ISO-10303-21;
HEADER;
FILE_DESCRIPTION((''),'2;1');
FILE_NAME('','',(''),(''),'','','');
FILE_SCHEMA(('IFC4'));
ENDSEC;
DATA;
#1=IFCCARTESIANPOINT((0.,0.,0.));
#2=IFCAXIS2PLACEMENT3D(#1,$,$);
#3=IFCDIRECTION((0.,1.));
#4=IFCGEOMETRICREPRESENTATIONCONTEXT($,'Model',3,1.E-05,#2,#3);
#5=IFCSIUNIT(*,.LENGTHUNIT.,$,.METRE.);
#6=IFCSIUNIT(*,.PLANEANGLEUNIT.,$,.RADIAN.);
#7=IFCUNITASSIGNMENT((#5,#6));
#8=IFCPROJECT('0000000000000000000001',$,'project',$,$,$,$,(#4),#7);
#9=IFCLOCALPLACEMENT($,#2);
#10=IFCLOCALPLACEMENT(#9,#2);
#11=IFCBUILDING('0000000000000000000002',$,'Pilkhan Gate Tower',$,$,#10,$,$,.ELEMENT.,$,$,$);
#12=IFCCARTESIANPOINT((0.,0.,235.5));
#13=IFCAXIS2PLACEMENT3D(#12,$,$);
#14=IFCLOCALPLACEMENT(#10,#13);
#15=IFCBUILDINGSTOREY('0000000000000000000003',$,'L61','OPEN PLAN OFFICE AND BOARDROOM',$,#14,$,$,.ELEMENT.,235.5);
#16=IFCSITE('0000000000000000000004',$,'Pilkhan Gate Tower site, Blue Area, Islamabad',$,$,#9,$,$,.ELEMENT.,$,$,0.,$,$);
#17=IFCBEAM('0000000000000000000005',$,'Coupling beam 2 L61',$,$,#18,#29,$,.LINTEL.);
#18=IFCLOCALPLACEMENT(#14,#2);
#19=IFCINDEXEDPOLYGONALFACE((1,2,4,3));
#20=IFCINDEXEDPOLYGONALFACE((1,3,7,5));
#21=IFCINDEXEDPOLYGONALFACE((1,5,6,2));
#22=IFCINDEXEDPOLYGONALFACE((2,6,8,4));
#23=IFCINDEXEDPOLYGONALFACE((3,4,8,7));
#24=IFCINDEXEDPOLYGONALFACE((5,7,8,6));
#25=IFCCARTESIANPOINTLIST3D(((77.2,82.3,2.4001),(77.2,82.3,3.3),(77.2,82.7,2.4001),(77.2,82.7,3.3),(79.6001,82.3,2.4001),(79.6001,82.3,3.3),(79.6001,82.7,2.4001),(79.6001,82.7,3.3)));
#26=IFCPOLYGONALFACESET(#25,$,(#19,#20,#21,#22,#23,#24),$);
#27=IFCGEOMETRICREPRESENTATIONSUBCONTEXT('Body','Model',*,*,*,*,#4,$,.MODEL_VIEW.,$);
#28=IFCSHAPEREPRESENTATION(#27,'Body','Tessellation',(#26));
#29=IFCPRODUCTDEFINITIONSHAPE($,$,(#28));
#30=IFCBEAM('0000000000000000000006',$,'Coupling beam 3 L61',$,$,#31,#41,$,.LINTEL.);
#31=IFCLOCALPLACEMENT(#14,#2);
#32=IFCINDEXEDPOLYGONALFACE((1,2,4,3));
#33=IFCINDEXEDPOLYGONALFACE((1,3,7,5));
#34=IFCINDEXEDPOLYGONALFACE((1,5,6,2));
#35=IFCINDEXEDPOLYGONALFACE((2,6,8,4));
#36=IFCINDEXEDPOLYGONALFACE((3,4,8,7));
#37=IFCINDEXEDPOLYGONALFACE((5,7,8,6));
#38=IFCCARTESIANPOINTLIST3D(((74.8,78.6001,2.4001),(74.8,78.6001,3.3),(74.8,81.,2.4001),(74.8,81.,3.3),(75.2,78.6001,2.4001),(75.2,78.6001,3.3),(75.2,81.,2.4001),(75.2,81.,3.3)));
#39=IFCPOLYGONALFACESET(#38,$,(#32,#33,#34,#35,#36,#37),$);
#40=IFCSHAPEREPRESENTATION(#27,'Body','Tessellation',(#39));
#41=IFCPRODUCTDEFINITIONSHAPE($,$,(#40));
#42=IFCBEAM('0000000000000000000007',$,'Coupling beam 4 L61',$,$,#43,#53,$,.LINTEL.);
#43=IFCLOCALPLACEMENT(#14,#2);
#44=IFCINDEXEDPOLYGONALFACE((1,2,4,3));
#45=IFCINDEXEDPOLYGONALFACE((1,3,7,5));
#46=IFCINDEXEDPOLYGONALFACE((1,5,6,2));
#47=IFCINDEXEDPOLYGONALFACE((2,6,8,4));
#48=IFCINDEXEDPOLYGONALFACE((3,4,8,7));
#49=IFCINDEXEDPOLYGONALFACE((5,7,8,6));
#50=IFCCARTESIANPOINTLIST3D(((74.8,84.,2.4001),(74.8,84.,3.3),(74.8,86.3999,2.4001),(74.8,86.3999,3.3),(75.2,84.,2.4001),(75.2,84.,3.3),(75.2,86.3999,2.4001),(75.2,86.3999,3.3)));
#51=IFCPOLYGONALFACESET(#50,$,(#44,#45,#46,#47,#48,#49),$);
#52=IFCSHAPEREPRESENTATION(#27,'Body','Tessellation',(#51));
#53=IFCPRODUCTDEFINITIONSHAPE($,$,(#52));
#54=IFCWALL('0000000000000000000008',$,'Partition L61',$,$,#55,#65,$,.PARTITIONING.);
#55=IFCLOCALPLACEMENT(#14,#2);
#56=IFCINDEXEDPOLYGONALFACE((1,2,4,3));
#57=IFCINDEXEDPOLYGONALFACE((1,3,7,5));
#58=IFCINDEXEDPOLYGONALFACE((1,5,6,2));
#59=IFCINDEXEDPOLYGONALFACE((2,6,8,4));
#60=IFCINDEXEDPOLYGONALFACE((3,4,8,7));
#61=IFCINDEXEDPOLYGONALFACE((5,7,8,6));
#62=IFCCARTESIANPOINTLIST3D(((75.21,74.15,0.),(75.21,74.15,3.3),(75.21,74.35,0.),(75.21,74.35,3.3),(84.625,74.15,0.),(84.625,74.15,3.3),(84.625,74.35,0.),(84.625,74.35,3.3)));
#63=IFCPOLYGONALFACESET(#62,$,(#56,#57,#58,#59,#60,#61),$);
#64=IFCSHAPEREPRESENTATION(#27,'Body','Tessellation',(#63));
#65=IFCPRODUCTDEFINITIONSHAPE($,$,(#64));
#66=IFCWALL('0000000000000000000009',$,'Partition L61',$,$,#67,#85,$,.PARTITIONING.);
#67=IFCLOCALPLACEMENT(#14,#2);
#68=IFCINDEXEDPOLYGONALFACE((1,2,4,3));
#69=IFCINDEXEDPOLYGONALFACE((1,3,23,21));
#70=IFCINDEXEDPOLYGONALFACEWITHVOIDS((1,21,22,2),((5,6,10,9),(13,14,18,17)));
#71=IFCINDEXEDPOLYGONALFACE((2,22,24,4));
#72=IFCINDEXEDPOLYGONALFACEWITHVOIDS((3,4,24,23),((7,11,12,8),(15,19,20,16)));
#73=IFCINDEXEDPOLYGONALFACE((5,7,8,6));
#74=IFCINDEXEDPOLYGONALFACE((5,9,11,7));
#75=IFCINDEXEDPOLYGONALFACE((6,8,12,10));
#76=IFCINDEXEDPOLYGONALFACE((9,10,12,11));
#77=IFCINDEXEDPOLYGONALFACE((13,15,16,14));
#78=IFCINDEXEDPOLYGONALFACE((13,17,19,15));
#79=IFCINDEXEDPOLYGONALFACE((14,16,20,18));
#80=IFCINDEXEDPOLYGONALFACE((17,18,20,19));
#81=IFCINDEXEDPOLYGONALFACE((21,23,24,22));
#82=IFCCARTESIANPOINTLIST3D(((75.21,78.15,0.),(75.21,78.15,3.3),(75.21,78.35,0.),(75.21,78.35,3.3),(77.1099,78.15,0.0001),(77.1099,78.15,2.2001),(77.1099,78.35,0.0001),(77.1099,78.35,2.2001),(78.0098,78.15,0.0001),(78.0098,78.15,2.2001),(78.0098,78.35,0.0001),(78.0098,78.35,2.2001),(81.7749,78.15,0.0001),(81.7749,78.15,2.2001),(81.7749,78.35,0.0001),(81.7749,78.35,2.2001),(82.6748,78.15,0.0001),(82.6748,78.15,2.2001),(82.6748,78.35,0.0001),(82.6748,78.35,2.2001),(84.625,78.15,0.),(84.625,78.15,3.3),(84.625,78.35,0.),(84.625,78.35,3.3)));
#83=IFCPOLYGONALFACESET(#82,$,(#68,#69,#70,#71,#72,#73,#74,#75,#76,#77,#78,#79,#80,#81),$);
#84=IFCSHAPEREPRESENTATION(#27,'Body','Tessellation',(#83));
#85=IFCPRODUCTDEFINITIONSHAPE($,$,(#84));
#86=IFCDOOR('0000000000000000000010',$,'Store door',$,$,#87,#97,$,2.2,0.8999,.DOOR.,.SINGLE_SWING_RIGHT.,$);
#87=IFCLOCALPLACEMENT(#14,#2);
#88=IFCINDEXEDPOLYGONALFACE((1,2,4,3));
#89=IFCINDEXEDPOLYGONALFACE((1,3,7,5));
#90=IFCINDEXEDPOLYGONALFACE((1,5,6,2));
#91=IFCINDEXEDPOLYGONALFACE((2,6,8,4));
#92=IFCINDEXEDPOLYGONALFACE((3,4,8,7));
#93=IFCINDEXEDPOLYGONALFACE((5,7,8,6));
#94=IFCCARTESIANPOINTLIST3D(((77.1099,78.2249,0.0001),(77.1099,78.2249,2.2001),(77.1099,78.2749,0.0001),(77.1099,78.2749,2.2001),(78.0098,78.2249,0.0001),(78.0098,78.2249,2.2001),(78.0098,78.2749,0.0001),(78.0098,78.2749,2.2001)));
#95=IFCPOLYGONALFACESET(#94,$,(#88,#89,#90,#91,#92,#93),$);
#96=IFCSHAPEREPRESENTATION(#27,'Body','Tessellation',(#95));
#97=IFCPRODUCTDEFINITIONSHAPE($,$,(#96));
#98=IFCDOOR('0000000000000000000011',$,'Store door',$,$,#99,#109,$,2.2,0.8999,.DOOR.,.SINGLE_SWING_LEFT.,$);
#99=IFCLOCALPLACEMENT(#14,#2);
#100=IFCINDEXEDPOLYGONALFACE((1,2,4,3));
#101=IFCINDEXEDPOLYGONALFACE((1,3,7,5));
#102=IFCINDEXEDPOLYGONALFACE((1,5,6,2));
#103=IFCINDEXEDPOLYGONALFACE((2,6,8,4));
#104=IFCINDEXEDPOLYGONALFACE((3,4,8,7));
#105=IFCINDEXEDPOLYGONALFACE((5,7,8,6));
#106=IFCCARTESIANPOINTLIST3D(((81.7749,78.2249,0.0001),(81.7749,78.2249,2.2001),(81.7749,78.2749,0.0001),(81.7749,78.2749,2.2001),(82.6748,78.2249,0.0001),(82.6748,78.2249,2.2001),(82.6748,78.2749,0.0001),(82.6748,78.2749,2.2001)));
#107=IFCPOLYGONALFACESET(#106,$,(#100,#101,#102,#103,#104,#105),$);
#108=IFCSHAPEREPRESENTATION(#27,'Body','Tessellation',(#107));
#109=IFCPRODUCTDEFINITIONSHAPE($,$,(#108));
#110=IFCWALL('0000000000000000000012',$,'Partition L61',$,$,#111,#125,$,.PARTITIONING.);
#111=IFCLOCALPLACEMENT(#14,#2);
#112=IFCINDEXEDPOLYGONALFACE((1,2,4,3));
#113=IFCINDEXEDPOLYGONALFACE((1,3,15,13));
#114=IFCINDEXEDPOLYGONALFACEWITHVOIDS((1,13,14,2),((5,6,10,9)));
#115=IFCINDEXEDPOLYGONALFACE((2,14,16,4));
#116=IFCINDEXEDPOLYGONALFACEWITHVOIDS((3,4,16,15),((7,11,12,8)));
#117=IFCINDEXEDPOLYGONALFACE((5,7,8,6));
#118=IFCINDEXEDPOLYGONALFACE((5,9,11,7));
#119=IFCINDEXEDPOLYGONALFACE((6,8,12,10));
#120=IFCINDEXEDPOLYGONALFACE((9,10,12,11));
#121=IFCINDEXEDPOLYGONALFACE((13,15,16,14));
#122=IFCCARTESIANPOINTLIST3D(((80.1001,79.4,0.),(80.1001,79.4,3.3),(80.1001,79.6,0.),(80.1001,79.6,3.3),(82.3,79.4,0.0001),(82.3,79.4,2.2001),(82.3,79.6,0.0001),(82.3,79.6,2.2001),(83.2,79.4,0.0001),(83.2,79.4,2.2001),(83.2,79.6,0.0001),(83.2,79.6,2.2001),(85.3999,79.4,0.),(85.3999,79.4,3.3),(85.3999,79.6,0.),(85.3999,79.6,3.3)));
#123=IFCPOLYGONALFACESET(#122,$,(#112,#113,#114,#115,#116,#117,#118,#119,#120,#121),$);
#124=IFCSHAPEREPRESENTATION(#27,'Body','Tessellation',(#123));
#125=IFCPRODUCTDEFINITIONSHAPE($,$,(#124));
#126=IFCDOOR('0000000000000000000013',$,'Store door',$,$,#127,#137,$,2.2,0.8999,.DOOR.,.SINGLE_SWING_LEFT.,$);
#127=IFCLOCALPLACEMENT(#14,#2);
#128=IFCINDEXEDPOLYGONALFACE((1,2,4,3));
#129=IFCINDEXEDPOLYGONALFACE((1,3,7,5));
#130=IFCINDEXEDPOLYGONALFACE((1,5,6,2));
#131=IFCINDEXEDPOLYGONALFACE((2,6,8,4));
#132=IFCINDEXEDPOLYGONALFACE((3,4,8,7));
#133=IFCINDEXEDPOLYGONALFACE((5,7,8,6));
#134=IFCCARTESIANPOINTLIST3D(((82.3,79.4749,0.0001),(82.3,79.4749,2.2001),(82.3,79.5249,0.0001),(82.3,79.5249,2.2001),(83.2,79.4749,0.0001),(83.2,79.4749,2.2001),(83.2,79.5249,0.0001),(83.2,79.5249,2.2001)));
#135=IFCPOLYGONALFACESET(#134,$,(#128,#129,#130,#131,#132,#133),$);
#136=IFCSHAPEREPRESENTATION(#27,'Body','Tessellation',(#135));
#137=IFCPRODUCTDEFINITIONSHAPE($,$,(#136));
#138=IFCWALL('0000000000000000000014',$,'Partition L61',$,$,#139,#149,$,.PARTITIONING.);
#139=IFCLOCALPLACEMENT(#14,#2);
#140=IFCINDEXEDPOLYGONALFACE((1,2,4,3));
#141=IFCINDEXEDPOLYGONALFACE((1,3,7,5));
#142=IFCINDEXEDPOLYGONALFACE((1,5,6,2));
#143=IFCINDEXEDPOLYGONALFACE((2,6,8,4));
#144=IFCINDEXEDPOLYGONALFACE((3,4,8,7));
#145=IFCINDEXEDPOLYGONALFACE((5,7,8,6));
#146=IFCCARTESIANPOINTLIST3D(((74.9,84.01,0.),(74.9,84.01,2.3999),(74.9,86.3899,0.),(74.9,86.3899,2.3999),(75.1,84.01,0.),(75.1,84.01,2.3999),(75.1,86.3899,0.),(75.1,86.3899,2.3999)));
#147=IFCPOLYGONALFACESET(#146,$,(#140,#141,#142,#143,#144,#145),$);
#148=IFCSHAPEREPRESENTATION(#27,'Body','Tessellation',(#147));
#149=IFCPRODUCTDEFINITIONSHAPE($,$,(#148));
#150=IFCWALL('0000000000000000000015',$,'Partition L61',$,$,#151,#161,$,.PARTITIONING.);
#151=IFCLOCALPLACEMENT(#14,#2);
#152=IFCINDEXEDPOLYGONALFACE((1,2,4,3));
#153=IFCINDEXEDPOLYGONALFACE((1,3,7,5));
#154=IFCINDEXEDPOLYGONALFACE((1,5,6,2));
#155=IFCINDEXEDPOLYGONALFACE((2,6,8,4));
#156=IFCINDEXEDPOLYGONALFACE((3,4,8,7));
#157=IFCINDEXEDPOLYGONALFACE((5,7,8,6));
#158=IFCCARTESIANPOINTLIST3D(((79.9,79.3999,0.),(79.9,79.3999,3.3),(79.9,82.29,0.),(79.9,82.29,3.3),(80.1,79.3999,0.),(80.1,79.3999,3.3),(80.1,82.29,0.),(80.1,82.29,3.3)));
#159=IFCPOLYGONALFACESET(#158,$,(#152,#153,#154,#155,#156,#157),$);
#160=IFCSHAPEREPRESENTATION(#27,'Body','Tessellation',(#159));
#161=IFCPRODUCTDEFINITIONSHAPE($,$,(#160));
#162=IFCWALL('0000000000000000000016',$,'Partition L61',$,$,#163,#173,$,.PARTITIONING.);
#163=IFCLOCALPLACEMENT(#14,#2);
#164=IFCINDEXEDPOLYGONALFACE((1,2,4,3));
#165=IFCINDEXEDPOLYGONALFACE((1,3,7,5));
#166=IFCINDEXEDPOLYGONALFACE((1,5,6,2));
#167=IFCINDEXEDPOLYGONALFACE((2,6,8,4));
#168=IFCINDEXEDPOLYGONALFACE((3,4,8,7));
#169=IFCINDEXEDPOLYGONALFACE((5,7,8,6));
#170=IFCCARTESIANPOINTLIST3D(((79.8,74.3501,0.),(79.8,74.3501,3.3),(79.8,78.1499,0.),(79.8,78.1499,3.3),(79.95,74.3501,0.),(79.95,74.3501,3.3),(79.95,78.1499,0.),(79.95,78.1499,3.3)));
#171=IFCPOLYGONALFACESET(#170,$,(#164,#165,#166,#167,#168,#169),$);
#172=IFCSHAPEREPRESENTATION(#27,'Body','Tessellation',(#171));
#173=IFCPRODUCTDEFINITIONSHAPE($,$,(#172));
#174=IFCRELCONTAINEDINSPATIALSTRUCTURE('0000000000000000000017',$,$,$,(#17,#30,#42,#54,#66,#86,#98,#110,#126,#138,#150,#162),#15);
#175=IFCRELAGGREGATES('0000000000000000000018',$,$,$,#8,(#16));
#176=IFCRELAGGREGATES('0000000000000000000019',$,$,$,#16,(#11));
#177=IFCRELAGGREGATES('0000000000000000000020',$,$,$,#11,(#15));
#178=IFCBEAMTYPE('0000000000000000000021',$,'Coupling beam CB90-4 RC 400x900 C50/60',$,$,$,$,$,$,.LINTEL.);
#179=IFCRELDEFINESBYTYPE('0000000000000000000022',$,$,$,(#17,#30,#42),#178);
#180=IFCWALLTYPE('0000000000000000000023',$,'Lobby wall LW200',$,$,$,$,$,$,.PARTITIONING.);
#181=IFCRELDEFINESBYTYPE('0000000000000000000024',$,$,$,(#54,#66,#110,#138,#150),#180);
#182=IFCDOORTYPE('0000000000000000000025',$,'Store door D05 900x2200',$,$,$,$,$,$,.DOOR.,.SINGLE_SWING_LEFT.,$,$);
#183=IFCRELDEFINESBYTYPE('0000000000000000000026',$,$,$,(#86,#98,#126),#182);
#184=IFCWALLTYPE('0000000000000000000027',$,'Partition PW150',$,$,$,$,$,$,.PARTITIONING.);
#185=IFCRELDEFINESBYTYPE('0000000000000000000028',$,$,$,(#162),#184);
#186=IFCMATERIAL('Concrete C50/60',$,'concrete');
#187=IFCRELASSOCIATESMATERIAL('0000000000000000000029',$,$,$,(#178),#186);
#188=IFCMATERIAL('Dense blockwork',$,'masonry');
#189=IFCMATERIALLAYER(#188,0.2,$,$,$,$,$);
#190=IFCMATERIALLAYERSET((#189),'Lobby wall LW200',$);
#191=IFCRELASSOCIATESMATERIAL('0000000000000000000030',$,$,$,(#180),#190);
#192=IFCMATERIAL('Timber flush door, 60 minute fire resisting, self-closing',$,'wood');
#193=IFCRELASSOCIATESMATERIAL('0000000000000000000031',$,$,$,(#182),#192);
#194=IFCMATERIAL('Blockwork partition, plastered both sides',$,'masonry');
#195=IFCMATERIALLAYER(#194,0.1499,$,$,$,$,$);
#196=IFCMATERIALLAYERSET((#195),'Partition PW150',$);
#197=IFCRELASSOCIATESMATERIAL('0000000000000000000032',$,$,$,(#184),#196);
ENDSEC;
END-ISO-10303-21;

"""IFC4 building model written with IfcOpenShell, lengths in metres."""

from ifc_helpers import new_model, si_unit, direction, frame, frame_2d, origin, origin_2d, place, context, subcontext, project, spatial, rectangle, extrude, material, layer, layer_set, material_profile, profile_set, type_object, element, fill, save


model = new_model("IFC4")

# Units and contexts
model_context = context("Model", 3, precision=1e-05, world=origin(), true_north=direction((0.0, 1.0)))
body_context = subcontext(model_context, "Body", "Model", "MODEL_VIEW")
ifc_project = project(units=[si_unit("LENGTHUNIT", "METRE"), si_unit("PLANEANGLEUNIT", "RADIAN")], contexts=[model_context])

# Site, building, storey
site_placement = place(None, origin())
site = spatial("IfcSite", under=ifc_project, at=site_placement, Name="Pilkhan Gate Tower site, Blue Area, Islamabad", CompositionType="ELEMENT", RefElevation=0.0)
building_placement = place(site_placement, origin())
building = spatial("IfcBuilding", under=site, at=building_placement, Name="Pilkhan Gate Tower", CompositionType="ELEMENT")
storey_placement = place(building_placement, frame((0.0, 0.0, 235.5)))
storey = spatial("IfcBuildingStorey", under=building, at=storey_placement, Name="L61", Description="OPEN PLAN OFFICE AND BOARDROOM", CompositionType="ELEMENT", Elevation=235.5)

# Beams
ifc_material_1 = material(Name="Concrete C50/60", Category="concrete")
ifc_material_profile = material_profile(ifc_material_1, rectangle(XDim=0.3999, YDim=0.8999, at=origin_2d()), Name="RC 400x900")
ifc_profile_set = profile_set([ifc_material_profile], Name="Concrete C50/60")
beam_type = type_object("IfcBeamType", Name="Coupling beam CB90-4 RC 400x900 C50/60", PredefinedType="LINTEL", material=ifc_profile_set)
beam_placement = place(storey_placement, frame((77.2, 82.5, 2.8501), z_axis=(1.0, 0.0, 0.0), x_axis=(0.0, 1.0, 0.0)))
element("IfcBeam", 1, at=beam_placement, inside=storey, type_object=beam_type, Name="Coupling beam 2 L61", PredefinedType="LINTEL", context=body_context, shape_type="SweptSolid", body=[
    extrude(rectangle(XDim=0.3999, YDim=0.8999, at=origin_2d()), origin(), (0.0, 0.0, 1.0), 2.4001),
])
for number, where, z_axis, x_axis, name in (
    (2, (75.0, 78.6001, 2.8501), (0.0, 1.0, 0.0), (-1.0, 0.0, 0.0), "Coupling beam 3 L61"),
    (3, (75.0, 84.0, 2.8501), (0.0, 1.0, 0.0), (-1.0, 0.0, 0.0), "Coupling beam 4 L61"),
):
    element("IfcBeam", number, at=place(storey_placement, frame(where, z_axis=z_axis, x_axis=x_axis)), inside=storey, type_object=beam_type, Name=name, PredefinedType="LINTEL", context=body_context, shape_type="SweptSolid", body=[
        extrude(rectangle(XDim=0.3999, YDim=0.8999, at=origin_2d()), origin(), (0.0, 0.0, 1.0), 2.3999),
    ])

# Wall
ifc_material_2 = material(Name="Dense blockwork", Category="masonry")
ifc_layer_1 = layer(ifc_material_2, 0.2)
ifc_layer_set_1 = layer_set([ifc_layer_1], Name="Lobby wall LW200")
wall_type_1 = type_object("IfcWallType", Name="Lobby wall LW200", PredefinedType="PARTITIONING", material=ifc_layer_set_1)
wall_1_placement = place(storey_placement, frame((75.21, 74.25, 0.0), z_axis=(0.0, 0.0, 1.0), x_axis=(1.0, 0.0, 0.0)))
element("IfcWall", 4, at=wall_1_placement, inside=storey, type_object=wall_type_1, Name="Partition L61", PredefinedType="PARTITIONING", context=body_context, shape_type="SweptSolid", body=[
    extrude(rectangle(XDim=9.415, YDim=0.2, at=frame_2d((4.7075, 0.0))), origin(), (0.0, 0.0, 1.0), 3.3),
])

# Wall, openings, doors
wall_2_placement = place(storey_placement, frame((75.21, 78.25, 0.0), z_axis=(0.0, 0.0, 1.0), x_axis=(1.0, 0.0, 0.0)))
wall_2 = element("IfcWall", 5, at=wall_2_placement, inside=storey, type_object=wall_type_1, Name="Partition L61", PredefinedType="PARTITIONING", context=body_context, shape_type="SweptSolid", body=[
    extrude(rectangle(XDim=9.415, YDim=0.2, at=frame_2d((4.7075, 0.0))), origin(), (0.0, 0.0, 1.0), 3.3),
])
opening_1_placement = place(wall_2_placement, frame((1.8999, 0.0, 0.0)))
opening_1 = element("IfcOpeningElement", 6, at=opening_1_placement, cuts=wall_2, PredefinedType="OPENING", context=body_context, shape_type="SweptSolid", body=[
    extrude(rectangle(XDim=0.8999, YDim=2.2, at=frame_2d((0.45, 1.1001))), frame((0.0, 0.1099, 0.0), z_axis=(0.0, -1.0, 0.0), x_axis=(1.0, 0.0, 0.0)), (0.0, 0.0, 1.0), 0.22),
])
opening_2_placement = place(wall_2_placement, frame((6.5649, 0.0, 0.0)))
opening_2 = element("IfcOpeningElement", 7, at=opening_2_placement, cuts=wall_2, PredefinedType="OPENING", context=body_context, shape_type="SweptSolid", body=[
    extrude(rectangle(XDim=0.8999, YDim=2.2, at=frame_2d((0.45, 1.1001))), frame((0.0, 0.1099, 0.0), z_axis=(0.0, -1.0, 0.0), x_axis=(1.0, 0.0, 0.0)), (0.0, 0.0, 1.0), 0.22),
])
ifc_material_3 = material(Name="Timber flush door, 60 minute fire resisting, self-closing", Category="wood")
door_type = type_object("IfcDoorType", Name="Store door D05 900x2200", OperationType="SINGLE_SWING_LEFT", PredefinedType="DOOR", material=ifc_material_3)
door_1_placement = place(opening_1_placement, origin())
door_1 = element("IfcDoor", 8, at=door_1_placement, inside=storey, type_object=door_type, Name="Store door", OperationType="SINGLE_SWING_RIGHT", OverallHeight=2.2, OverallWidth=0.8999, PredefinedType="DOOR", context=body_context, shape_type="SweptSolid", body=[
    extrude(rectangle(XDim=0.8999, YDim=2.2, at=frame_2d((0.45, 1.1001))), frame((0.0, 0.0249, 0.0), z_axis=(0.0, -1.0, 0.0), x_axis=(1.0, 0.0, 0.0)), (0.0, 0.0, 1.0), 0.05),
])
fill(opening_1, door_1)
door_2_placement = place(opening_2_placement, origin())
door_2 = element("IfcDoor", 9, at=door_2_placement, inside=storey, type_object=door_type, Name="Store door", OperationType="SINGLE_SWING_LEFT", OverallHeight=2.2, OverallWidth=0.8999, PredefinedType="DOOR", context=body_context, shape_type="SweptSolid", body=[
    extrude(rectangle(XDim=0.8999, YDim=2.2, at=frame_2d((0.45, 1.1001))), frame((0.0, 0.0249, 0.0), z_axis=(0.0, -1.0, 0.0), x_axis=(1.0, 0.0, 0.0)), (0.0, 0.0, 1.0), 0.05),
])
fill(opening_2, door_2)

# Wall, opening, door
wall_3_placement = place(storey_placement, frame((80.1001, 79.5, 0.0), z_axis=(0.0, 0.0, 1.0), x_axis=(1.0, 0.0, 0.0)))
wall_3 = element("IfcWall", 10, at=wall_3_placement, inside=storey, type_object=wall_type_1, Name="Partition L61", PredefinedType="PARTITIONING", context=body_context, shape_type="SweptSolid", body=[
    extrude(rectangle(XDim=5.2998, YDim=0.2, at=frame_2d((2.6499, 0.0))), origin(), (0.0, 0.0, 1.0), 3.3),
])
opening_3_placement = place(wall_3_placement, frame((2.2, 0.0, 0.0)))
opening_3 = element("IfcOpeningElement", 11, at=opening_3_placement, cuts=wall_3, PredefinedType="OPENING", context=body_context, shape_type="SweptSolid", body=[
    extrude(rectangle(XDim=0.8999, YDim=2.2, at=frame_2d((0.45, 1.1001))), frame((0.0, 0.1099, 0.0), z_axis=(0.0, -1.0, 0.0), x_axis=(1.0, 0.0, 0.0)), (0.0, 0.0, 1.0), 0.22),
])
door_3_placement = place(opening_3_placement, origin())
door_3 = element("IfcDoor", 12, at=door_3_placement, inside=storey, type_object=door_type, Name="Store door", OperationType="SINGLE_SWING_LEFT", OverallHeight=2.2, OverallWidth=0.8999, PredefinedType="DOOR", context=body_context, shape_type="SweptSolid", body=[
    extrude(rectangle(XDim=0.8999, YDim=2.2, at=frame_2d((0.45, 1.1001))), frame((0.0, 0.0249, 0.0), z_axis=(0.0, -1.0, 0.0), x_axis=(1.0, 0.0, 0.0)), (0.0, 0.0, 1.0), 0.05),
])
fill(opening_3, door_3)

# Walls
wall_4_placement = place(storey_placement, frame((75.0, 84.01, 0.0), z_axis=(0.0, 0.0, 1.0), x_axis=(0.0, 1.0, 0.0)))
element("IfcWall", 13, at=wall_4_placement, inside=storey, type_object=wall_type_1, Name="Partition L61", PredefinedType="PARTITIONING", context=body_context, shape_type="SweptSolid", body=[
    extrude(rectangle(XDim=2.3799, YDim=0.2, at=frame_2d((1.1899, 0.0))), origin(), (0.0, 0.0, 1.0), 2.3999),
])
wall_5_placement = place(storey_placement, frame((80.0, 79.3999, 0.0), z_axis=(0.0, 0.0, 1.0), x_axis=(0.0, 1.0, 0.0)))
element("IfcWall", 14, at=wall_5_placement, inside=storey, type_object=wall_type_1, Name="Partition L61", PredefinedType="PARTITIONING", context=body_context, shape_type="SweptSolid", body=[
    extrude(rectangle(XDim=2.8901, YDim=0.2, at=frame_2d((1.4451, 0.0))), origin(), (0.0, 0.0, 1.0), 3.3),
])
ifc_material_4 = material(Name="Blockwork partition, plastered both sides", Category="masonry")
ifc_layer_2 = layer(ifc_material_4, 0.1499)
ifc_layer_set_2 = layer_set([ifc_layer_2], Name="Partition PW150")
wall_type_2 = type_object("IfcWallType", Name="Partition PW150", PredefinedType="PARTITIONING", material=ifc_layer_set_2)
wall_6_placement = place(storey_placement, frame((79.875, 74.3501, 0.0), z_axis=(0.0, 0.0, 1.0), x_axis=(0.0, 1.0, 0.0)))
element("IfcWall", 15, at=wall_6_placement, inside=storey, type_object=wall_type_2, Name="Partition L61", PredefinedType="PARTITIONING", context=body_context, shape_type="SweptSolid", body=[
    extrude(rectangle(XDim=3.7998, YDim=0.1499, at=frame_2d((1.8999, 0.0))), origin(), (0.0, 0.0, 1.0), 3.3),
])

save(model, "model.ifc")
